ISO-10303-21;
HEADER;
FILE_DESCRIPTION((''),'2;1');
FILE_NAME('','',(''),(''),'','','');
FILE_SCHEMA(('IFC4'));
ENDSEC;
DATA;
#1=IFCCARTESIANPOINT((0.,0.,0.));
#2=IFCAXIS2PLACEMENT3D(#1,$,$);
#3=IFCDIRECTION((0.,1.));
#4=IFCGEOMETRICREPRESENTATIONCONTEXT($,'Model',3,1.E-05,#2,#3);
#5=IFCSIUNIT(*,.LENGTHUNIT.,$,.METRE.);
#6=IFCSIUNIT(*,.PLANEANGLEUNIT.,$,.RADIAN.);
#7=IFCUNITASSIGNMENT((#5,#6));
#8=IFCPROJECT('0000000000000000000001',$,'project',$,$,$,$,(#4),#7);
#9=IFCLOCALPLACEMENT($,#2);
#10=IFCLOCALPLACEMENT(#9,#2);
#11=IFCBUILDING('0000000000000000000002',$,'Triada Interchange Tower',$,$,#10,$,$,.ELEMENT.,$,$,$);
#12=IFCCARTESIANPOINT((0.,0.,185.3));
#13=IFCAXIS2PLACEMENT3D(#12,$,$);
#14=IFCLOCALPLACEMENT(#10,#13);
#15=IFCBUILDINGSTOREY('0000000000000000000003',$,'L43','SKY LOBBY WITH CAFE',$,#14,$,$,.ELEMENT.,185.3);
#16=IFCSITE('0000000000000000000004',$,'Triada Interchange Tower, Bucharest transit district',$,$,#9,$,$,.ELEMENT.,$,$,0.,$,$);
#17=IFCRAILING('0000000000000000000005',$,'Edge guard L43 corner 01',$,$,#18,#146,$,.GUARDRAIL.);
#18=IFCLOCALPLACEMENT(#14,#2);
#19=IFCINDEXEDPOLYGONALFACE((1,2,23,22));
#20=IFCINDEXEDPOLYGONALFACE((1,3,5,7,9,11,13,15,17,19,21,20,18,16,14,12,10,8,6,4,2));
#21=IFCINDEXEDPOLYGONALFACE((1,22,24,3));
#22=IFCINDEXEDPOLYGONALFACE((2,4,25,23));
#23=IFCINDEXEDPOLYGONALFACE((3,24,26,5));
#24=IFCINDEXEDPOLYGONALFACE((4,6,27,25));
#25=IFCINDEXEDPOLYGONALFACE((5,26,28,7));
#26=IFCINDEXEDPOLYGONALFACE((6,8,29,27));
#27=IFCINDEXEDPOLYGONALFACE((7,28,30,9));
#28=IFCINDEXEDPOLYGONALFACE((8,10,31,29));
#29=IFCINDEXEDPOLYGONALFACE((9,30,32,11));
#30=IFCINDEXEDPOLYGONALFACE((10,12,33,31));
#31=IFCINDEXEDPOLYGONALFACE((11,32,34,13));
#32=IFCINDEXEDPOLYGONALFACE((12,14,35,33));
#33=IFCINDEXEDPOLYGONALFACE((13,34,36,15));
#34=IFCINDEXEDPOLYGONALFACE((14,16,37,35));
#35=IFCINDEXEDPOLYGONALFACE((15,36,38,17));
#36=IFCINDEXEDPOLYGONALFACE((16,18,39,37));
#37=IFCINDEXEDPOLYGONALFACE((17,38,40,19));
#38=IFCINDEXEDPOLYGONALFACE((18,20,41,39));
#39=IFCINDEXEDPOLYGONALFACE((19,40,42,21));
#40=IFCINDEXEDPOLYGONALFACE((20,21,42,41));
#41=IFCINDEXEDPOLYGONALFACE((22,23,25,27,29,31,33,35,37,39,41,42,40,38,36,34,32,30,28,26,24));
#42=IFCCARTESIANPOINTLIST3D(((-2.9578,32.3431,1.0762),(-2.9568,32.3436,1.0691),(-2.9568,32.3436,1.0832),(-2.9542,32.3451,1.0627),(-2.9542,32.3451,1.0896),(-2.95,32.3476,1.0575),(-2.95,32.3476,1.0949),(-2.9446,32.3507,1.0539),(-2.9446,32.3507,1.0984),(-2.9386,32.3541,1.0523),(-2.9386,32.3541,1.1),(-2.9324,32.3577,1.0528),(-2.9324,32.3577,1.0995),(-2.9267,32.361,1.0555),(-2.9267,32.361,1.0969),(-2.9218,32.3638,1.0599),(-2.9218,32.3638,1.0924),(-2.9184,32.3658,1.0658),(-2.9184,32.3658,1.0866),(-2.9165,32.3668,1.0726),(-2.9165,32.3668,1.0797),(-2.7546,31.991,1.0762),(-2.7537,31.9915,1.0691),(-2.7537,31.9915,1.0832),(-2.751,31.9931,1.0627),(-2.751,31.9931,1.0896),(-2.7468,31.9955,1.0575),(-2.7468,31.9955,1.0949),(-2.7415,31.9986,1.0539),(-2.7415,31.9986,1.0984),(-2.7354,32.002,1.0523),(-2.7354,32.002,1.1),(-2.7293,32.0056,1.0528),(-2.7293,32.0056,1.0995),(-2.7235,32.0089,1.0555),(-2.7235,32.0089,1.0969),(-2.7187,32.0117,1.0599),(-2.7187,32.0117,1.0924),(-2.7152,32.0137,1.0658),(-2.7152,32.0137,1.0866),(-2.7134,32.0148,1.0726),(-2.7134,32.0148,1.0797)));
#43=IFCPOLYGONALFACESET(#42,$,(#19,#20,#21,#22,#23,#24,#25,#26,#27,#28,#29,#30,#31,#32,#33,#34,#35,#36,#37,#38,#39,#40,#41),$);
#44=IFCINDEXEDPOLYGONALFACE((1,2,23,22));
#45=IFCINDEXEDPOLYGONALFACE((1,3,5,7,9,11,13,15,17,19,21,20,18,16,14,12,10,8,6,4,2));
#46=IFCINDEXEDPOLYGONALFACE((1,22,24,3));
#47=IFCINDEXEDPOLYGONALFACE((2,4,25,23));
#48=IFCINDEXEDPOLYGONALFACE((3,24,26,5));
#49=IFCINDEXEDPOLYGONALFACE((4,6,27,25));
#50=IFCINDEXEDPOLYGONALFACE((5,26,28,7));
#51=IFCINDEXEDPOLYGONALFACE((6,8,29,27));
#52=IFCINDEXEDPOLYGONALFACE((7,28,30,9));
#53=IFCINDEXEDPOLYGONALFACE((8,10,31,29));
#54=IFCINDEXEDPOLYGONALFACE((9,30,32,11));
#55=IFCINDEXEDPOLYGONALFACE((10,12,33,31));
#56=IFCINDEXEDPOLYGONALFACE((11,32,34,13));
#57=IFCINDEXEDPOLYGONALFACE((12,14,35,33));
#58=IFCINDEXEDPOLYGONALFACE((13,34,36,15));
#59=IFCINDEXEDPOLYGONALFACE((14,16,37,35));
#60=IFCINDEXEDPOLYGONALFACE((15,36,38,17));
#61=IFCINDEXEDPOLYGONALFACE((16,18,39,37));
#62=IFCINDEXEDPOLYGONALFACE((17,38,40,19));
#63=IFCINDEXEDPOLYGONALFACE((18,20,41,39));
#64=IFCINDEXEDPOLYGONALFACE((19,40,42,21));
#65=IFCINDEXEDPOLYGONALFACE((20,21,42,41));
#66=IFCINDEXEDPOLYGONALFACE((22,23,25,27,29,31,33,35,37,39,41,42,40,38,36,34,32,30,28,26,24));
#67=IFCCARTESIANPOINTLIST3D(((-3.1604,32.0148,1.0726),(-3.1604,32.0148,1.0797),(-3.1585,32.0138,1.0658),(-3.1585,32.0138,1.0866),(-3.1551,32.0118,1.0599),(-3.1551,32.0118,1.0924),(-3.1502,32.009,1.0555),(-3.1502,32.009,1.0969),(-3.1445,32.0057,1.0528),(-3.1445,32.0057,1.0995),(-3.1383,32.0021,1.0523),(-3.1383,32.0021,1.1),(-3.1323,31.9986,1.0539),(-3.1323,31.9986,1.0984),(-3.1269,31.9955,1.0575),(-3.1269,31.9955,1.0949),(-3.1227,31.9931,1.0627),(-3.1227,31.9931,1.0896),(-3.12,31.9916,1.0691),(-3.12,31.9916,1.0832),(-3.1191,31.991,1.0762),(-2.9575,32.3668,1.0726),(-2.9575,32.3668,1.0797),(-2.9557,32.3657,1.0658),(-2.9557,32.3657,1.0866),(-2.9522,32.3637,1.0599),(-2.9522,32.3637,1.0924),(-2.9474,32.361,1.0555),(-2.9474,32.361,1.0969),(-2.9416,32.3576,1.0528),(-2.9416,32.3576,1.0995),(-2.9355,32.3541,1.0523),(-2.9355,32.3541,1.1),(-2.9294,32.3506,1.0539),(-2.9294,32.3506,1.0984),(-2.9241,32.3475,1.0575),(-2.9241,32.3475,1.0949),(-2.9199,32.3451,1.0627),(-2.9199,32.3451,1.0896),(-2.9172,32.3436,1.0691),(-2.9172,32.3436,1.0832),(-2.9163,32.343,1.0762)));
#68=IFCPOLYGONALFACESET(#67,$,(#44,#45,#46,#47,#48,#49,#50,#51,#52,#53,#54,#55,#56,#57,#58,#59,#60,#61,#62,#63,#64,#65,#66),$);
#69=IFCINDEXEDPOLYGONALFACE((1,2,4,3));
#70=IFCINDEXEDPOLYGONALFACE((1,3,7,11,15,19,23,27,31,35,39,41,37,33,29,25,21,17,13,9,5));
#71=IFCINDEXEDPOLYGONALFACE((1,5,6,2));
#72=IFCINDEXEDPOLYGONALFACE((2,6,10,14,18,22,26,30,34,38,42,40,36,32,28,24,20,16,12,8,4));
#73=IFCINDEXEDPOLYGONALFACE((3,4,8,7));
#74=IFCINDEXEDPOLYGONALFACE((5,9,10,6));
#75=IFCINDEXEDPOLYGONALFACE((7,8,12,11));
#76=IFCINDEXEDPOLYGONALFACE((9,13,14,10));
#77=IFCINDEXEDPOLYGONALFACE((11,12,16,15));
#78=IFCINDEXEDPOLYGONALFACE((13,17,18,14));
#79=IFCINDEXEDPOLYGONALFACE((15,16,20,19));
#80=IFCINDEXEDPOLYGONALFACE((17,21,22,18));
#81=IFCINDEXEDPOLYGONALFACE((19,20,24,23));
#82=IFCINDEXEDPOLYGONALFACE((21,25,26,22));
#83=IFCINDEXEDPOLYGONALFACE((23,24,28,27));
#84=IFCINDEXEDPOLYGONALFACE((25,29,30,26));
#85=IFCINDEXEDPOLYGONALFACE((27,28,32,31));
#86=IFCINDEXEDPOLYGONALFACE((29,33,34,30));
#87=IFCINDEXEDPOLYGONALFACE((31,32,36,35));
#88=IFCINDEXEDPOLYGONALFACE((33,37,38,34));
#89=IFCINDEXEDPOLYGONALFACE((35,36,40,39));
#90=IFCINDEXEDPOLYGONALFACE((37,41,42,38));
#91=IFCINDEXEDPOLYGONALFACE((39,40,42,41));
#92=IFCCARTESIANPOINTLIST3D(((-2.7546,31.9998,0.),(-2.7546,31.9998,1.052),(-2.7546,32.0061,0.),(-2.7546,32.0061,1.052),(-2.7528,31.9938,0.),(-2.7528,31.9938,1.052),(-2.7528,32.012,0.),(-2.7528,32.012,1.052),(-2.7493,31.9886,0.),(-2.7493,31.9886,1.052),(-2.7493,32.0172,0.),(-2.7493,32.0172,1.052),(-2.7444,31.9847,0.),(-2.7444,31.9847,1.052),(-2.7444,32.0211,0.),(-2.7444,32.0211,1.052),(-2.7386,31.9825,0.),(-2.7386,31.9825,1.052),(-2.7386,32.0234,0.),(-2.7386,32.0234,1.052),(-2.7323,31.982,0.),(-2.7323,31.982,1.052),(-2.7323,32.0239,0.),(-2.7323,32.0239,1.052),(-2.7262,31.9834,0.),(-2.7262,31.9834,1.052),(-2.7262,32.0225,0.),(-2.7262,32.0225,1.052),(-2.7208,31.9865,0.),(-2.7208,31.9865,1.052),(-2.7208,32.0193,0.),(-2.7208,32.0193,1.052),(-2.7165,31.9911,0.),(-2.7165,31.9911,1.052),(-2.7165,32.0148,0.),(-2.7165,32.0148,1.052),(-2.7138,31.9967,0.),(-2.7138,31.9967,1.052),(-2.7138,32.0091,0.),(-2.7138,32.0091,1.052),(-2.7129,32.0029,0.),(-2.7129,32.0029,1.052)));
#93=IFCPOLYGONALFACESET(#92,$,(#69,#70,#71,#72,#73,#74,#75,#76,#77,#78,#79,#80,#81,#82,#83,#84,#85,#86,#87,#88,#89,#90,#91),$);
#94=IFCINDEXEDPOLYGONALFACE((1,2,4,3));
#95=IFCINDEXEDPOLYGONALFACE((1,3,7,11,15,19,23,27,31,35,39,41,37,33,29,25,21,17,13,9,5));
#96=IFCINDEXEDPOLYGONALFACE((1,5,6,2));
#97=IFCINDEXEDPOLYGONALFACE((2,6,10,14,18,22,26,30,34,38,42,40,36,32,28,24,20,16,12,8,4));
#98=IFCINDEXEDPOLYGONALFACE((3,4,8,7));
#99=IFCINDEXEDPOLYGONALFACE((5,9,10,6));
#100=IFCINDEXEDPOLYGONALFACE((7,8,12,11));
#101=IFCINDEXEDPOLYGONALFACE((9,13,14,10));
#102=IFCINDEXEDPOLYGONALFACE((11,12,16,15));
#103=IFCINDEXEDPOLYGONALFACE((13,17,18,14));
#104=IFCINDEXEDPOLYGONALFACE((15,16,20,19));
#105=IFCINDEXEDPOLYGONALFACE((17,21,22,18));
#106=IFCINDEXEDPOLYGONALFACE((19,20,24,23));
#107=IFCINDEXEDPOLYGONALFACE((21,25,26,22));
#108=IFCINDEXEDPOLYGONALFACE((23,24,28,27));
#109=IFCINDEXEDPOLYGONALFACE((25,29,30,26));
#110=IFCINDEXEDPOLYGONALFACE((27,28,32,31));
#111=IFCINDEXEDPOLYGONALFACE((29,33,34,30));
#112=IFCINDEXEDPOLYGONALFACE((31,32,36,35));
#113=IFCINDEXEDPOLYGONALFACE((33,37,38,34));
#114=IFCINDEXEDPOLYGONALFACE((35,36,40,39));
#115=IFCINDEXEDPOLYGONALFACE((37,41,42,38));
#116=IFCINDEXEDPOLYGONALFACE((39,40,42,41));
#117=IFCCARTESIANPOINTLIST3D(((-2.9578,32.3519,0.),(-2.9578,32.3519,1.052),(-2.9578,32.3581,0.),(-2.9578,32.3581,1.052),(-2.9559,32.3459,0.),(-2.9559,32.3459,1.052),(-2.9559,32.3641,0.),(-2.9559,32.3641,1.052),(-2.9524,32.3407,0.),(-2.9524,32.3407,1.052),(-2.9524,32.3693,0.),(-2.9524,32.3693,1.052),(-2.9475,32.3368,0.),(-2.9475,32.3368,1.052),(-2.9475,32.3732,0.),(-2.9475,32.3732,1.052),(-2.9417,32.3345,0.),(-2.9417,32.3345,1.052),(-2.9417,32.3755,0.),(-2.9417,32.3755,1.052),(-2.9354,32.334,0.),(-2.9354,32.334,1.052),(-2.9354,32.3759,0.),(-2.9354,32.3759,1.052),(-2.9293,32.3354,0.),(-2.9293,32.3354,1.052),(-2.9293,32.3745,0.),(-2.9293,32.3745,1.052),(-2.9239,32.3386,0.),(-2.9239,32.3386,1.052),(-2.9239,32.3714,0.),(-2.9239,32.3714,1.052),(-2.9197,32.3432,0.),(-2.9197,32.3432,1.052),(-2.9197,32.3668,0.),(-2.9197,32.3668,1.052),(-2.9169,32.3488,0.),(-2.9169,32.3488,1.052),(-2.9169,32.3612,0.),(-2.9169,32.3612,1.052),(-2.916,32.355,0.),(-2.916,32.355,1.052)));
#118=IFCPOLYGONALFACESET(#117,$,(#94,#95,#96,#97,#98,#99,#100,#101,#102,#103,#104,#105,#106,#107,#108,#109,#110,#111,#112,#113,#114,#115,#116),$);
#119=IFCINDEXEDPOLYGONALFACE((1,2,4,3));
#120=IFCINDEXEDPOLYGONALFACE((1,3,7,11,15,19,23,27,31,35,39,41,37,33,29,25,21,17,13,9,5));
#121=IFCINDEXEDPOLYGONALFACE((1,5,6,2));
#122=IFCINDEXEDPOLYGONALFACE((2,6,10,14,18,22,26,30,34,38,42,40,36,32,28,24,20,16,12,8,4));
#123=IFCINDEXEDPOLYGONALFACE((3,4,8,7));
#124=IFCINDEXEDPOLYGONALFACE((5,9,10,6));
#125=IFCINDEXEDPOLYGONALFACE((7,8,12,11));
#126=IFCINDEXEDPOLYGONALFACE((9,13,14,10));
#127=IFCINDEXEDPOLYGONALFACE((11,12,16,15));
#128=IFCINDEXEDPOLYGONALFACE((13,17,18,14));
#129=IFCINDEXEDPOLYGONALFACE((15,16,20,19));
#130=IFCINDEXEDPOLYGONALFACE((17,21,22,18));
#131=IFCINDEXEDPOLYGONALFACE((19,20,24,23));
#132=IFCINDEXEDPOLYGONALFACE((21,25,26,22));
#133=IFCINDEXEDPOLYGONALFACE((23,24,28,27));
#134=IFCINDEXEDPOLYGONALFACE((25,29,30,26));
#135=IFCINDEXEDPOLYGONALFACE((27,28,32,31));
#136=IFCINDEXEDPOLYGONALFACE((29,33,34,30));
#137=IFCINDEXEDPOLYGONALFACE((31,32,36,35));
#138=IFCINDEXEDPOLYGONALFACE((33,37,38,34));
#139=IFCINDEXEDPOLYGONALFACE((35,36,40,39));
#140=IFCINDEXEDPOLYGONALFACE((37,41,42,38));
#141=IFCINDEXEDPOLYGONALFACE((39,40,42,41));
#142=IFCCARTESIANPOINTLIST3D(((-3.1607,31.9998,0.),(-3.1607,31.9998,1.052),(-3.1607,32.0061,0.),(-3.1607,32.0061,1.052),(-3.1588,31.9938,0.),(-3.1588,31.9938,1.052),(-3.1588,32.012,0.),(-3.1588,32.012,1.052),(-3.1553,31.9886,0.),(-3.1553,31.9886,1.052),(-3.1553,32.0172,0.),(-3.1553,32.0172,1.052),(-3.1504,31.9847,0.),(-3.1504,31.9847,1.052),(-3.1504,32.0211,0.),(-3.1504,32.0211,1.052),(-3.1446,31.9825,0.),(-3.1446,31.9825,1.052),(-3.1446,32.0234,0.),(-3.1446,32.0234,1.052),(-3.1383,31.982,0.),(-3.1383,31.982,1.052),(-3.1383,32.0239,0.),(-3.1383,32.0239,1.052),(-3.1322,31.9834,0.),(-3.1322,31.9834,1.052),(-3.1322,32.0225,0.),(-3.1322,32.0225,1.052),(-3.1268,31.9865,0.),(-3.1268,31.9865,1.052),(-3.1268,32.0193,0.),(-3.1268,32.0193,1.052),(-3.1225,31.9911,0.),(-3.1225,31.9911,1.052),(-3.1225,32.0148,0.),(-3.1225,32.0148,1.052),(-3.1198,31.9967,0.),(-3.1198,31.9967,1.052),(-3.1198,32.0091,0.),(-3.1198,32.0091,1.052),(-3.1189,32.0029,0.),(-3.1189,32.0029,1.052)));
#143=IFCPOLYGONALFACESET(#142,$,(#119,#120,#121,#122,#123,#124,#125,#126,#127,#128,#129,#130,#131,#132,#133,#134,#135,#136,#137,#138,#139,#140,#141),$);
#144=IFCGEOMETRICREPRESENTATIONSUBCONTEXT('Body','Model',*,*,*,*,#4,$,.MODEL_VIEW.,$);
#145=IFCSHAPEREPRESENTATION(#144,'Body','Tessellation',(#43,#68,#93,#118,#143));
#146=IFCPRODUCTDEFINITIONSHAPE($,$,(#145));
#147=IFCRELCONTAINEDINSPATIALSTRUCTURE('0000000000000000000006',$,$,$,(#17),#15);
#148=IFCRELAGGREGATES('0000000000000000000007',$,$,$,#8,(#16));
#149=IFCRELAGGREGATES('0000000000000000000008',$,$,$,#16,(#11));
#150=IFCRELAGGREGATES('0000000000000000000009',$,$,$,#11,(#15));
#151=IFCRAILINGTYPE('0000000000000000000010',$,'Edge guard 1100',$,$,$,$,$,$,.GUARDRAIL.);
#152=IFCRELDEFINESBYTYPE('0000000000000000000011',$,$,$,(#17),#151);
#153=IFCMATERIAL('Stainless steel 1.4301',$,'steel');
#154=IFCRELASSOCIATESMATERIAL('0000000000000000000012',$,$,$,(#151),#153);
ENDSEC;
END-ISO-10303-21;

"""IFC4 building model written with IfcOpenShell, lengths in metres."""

from ifc_helpers import new_model, si_unit, direction, frame, origin, origin_2d, place, context, subcontext, project, spatial, circle, extrude, material, type_object, element, save


model = new_model("IFC4")

# Units and contexts
model_context = context("Model", 3, precision=1e-05, world=origin(), true_north=direction((0.0, 1.0)))
body_context = subcontext(model_context, "Body", "Model", "MODEL_VIEW")
ifc_project = project(units=[si_unit("LENGTHUNIT", "METRE"), si_unit("PLANEANGLEUNIT", "RADIAN")], contexts=[model_context])

# Site, building, storey
site_placement = place(None, origin())
site = spatial("IfcSite", under=ifc_project, at=site_placement, Name="Triada Interchange Tower, Bucharest transit district", CompositionType="ELEMENT", RefElevation=0.0)
building_placement = place(site_placement, origin())
building = spatial("IfcBuilding", under=site, at=building_placement, Name="Triada Interchange Tower", CompositionType="ELEMENT")
storey_placement = place(building_placement, frame((0.0, 0.0, 185.3)))
storey = spatial("IfcBuildingStorey", under=building, at=storey_placement, Name="L43", Description="SKY LOBBY WITH CAFE", CompositionType="ELEMENT", Elevation=185.3)

# Railing
ifc_material_1 = material(Name="Stainless steel 1.4301", Category="steel")
railing_type = type_object("IfcRailingType", Name="Edge guard 1100", PredefinedType="GUARDRAIL", material=ifc_material_1)
railing_1_placement = place(storey_placement, frame((-2.7339, 32.0029, 0.0)))
element("IfcRailing", 1, at=railing_1_placement, inside=storey, type_object=railing_type, Name="Edge guard L43 corner 01", PredefinedType="GUARDRAIL", context=body_context, shape_type="SweptSolid", body=[
    extrude(circle(Radius=0.0239, at=origin_2d()), frame((0.0, 0.0, 1.0762), z_axis=(-0.499757, 0.866166, 0.0), x_axis=(-0.866166, -0.499757, 0.0)), (0.0, 0.0, 1.0), 0.4065),
    extrude(circle(Radius=0.0239, at=origin_2d()), frame((-0.2031, 0.3521, 1.0762), z_axis=(-0.499306, -0.866426, 0.0), x_axis=(0.866426, -0.499306, 0.0)), (0.0, 0.0, 1.0), 0.4062),
    extrude(circle(Radius=0.021, at=origin_2d()), origin(), (0.0, 0.0, 1.0), 1.052),
    extrude(circle(Radius=0.021, at=origin_2d()), frame((-0.2031, 0.3521, 0.0)), (0.0, 0.0, 1.0), 1.052),
    extrude(circle(Radius=0.021, at=origin_2d()), frame((-0.406, 0.0, 0.0)), (0.0, 0.0, 1.0), 1.052),
])

save(model, "model.ifc")
